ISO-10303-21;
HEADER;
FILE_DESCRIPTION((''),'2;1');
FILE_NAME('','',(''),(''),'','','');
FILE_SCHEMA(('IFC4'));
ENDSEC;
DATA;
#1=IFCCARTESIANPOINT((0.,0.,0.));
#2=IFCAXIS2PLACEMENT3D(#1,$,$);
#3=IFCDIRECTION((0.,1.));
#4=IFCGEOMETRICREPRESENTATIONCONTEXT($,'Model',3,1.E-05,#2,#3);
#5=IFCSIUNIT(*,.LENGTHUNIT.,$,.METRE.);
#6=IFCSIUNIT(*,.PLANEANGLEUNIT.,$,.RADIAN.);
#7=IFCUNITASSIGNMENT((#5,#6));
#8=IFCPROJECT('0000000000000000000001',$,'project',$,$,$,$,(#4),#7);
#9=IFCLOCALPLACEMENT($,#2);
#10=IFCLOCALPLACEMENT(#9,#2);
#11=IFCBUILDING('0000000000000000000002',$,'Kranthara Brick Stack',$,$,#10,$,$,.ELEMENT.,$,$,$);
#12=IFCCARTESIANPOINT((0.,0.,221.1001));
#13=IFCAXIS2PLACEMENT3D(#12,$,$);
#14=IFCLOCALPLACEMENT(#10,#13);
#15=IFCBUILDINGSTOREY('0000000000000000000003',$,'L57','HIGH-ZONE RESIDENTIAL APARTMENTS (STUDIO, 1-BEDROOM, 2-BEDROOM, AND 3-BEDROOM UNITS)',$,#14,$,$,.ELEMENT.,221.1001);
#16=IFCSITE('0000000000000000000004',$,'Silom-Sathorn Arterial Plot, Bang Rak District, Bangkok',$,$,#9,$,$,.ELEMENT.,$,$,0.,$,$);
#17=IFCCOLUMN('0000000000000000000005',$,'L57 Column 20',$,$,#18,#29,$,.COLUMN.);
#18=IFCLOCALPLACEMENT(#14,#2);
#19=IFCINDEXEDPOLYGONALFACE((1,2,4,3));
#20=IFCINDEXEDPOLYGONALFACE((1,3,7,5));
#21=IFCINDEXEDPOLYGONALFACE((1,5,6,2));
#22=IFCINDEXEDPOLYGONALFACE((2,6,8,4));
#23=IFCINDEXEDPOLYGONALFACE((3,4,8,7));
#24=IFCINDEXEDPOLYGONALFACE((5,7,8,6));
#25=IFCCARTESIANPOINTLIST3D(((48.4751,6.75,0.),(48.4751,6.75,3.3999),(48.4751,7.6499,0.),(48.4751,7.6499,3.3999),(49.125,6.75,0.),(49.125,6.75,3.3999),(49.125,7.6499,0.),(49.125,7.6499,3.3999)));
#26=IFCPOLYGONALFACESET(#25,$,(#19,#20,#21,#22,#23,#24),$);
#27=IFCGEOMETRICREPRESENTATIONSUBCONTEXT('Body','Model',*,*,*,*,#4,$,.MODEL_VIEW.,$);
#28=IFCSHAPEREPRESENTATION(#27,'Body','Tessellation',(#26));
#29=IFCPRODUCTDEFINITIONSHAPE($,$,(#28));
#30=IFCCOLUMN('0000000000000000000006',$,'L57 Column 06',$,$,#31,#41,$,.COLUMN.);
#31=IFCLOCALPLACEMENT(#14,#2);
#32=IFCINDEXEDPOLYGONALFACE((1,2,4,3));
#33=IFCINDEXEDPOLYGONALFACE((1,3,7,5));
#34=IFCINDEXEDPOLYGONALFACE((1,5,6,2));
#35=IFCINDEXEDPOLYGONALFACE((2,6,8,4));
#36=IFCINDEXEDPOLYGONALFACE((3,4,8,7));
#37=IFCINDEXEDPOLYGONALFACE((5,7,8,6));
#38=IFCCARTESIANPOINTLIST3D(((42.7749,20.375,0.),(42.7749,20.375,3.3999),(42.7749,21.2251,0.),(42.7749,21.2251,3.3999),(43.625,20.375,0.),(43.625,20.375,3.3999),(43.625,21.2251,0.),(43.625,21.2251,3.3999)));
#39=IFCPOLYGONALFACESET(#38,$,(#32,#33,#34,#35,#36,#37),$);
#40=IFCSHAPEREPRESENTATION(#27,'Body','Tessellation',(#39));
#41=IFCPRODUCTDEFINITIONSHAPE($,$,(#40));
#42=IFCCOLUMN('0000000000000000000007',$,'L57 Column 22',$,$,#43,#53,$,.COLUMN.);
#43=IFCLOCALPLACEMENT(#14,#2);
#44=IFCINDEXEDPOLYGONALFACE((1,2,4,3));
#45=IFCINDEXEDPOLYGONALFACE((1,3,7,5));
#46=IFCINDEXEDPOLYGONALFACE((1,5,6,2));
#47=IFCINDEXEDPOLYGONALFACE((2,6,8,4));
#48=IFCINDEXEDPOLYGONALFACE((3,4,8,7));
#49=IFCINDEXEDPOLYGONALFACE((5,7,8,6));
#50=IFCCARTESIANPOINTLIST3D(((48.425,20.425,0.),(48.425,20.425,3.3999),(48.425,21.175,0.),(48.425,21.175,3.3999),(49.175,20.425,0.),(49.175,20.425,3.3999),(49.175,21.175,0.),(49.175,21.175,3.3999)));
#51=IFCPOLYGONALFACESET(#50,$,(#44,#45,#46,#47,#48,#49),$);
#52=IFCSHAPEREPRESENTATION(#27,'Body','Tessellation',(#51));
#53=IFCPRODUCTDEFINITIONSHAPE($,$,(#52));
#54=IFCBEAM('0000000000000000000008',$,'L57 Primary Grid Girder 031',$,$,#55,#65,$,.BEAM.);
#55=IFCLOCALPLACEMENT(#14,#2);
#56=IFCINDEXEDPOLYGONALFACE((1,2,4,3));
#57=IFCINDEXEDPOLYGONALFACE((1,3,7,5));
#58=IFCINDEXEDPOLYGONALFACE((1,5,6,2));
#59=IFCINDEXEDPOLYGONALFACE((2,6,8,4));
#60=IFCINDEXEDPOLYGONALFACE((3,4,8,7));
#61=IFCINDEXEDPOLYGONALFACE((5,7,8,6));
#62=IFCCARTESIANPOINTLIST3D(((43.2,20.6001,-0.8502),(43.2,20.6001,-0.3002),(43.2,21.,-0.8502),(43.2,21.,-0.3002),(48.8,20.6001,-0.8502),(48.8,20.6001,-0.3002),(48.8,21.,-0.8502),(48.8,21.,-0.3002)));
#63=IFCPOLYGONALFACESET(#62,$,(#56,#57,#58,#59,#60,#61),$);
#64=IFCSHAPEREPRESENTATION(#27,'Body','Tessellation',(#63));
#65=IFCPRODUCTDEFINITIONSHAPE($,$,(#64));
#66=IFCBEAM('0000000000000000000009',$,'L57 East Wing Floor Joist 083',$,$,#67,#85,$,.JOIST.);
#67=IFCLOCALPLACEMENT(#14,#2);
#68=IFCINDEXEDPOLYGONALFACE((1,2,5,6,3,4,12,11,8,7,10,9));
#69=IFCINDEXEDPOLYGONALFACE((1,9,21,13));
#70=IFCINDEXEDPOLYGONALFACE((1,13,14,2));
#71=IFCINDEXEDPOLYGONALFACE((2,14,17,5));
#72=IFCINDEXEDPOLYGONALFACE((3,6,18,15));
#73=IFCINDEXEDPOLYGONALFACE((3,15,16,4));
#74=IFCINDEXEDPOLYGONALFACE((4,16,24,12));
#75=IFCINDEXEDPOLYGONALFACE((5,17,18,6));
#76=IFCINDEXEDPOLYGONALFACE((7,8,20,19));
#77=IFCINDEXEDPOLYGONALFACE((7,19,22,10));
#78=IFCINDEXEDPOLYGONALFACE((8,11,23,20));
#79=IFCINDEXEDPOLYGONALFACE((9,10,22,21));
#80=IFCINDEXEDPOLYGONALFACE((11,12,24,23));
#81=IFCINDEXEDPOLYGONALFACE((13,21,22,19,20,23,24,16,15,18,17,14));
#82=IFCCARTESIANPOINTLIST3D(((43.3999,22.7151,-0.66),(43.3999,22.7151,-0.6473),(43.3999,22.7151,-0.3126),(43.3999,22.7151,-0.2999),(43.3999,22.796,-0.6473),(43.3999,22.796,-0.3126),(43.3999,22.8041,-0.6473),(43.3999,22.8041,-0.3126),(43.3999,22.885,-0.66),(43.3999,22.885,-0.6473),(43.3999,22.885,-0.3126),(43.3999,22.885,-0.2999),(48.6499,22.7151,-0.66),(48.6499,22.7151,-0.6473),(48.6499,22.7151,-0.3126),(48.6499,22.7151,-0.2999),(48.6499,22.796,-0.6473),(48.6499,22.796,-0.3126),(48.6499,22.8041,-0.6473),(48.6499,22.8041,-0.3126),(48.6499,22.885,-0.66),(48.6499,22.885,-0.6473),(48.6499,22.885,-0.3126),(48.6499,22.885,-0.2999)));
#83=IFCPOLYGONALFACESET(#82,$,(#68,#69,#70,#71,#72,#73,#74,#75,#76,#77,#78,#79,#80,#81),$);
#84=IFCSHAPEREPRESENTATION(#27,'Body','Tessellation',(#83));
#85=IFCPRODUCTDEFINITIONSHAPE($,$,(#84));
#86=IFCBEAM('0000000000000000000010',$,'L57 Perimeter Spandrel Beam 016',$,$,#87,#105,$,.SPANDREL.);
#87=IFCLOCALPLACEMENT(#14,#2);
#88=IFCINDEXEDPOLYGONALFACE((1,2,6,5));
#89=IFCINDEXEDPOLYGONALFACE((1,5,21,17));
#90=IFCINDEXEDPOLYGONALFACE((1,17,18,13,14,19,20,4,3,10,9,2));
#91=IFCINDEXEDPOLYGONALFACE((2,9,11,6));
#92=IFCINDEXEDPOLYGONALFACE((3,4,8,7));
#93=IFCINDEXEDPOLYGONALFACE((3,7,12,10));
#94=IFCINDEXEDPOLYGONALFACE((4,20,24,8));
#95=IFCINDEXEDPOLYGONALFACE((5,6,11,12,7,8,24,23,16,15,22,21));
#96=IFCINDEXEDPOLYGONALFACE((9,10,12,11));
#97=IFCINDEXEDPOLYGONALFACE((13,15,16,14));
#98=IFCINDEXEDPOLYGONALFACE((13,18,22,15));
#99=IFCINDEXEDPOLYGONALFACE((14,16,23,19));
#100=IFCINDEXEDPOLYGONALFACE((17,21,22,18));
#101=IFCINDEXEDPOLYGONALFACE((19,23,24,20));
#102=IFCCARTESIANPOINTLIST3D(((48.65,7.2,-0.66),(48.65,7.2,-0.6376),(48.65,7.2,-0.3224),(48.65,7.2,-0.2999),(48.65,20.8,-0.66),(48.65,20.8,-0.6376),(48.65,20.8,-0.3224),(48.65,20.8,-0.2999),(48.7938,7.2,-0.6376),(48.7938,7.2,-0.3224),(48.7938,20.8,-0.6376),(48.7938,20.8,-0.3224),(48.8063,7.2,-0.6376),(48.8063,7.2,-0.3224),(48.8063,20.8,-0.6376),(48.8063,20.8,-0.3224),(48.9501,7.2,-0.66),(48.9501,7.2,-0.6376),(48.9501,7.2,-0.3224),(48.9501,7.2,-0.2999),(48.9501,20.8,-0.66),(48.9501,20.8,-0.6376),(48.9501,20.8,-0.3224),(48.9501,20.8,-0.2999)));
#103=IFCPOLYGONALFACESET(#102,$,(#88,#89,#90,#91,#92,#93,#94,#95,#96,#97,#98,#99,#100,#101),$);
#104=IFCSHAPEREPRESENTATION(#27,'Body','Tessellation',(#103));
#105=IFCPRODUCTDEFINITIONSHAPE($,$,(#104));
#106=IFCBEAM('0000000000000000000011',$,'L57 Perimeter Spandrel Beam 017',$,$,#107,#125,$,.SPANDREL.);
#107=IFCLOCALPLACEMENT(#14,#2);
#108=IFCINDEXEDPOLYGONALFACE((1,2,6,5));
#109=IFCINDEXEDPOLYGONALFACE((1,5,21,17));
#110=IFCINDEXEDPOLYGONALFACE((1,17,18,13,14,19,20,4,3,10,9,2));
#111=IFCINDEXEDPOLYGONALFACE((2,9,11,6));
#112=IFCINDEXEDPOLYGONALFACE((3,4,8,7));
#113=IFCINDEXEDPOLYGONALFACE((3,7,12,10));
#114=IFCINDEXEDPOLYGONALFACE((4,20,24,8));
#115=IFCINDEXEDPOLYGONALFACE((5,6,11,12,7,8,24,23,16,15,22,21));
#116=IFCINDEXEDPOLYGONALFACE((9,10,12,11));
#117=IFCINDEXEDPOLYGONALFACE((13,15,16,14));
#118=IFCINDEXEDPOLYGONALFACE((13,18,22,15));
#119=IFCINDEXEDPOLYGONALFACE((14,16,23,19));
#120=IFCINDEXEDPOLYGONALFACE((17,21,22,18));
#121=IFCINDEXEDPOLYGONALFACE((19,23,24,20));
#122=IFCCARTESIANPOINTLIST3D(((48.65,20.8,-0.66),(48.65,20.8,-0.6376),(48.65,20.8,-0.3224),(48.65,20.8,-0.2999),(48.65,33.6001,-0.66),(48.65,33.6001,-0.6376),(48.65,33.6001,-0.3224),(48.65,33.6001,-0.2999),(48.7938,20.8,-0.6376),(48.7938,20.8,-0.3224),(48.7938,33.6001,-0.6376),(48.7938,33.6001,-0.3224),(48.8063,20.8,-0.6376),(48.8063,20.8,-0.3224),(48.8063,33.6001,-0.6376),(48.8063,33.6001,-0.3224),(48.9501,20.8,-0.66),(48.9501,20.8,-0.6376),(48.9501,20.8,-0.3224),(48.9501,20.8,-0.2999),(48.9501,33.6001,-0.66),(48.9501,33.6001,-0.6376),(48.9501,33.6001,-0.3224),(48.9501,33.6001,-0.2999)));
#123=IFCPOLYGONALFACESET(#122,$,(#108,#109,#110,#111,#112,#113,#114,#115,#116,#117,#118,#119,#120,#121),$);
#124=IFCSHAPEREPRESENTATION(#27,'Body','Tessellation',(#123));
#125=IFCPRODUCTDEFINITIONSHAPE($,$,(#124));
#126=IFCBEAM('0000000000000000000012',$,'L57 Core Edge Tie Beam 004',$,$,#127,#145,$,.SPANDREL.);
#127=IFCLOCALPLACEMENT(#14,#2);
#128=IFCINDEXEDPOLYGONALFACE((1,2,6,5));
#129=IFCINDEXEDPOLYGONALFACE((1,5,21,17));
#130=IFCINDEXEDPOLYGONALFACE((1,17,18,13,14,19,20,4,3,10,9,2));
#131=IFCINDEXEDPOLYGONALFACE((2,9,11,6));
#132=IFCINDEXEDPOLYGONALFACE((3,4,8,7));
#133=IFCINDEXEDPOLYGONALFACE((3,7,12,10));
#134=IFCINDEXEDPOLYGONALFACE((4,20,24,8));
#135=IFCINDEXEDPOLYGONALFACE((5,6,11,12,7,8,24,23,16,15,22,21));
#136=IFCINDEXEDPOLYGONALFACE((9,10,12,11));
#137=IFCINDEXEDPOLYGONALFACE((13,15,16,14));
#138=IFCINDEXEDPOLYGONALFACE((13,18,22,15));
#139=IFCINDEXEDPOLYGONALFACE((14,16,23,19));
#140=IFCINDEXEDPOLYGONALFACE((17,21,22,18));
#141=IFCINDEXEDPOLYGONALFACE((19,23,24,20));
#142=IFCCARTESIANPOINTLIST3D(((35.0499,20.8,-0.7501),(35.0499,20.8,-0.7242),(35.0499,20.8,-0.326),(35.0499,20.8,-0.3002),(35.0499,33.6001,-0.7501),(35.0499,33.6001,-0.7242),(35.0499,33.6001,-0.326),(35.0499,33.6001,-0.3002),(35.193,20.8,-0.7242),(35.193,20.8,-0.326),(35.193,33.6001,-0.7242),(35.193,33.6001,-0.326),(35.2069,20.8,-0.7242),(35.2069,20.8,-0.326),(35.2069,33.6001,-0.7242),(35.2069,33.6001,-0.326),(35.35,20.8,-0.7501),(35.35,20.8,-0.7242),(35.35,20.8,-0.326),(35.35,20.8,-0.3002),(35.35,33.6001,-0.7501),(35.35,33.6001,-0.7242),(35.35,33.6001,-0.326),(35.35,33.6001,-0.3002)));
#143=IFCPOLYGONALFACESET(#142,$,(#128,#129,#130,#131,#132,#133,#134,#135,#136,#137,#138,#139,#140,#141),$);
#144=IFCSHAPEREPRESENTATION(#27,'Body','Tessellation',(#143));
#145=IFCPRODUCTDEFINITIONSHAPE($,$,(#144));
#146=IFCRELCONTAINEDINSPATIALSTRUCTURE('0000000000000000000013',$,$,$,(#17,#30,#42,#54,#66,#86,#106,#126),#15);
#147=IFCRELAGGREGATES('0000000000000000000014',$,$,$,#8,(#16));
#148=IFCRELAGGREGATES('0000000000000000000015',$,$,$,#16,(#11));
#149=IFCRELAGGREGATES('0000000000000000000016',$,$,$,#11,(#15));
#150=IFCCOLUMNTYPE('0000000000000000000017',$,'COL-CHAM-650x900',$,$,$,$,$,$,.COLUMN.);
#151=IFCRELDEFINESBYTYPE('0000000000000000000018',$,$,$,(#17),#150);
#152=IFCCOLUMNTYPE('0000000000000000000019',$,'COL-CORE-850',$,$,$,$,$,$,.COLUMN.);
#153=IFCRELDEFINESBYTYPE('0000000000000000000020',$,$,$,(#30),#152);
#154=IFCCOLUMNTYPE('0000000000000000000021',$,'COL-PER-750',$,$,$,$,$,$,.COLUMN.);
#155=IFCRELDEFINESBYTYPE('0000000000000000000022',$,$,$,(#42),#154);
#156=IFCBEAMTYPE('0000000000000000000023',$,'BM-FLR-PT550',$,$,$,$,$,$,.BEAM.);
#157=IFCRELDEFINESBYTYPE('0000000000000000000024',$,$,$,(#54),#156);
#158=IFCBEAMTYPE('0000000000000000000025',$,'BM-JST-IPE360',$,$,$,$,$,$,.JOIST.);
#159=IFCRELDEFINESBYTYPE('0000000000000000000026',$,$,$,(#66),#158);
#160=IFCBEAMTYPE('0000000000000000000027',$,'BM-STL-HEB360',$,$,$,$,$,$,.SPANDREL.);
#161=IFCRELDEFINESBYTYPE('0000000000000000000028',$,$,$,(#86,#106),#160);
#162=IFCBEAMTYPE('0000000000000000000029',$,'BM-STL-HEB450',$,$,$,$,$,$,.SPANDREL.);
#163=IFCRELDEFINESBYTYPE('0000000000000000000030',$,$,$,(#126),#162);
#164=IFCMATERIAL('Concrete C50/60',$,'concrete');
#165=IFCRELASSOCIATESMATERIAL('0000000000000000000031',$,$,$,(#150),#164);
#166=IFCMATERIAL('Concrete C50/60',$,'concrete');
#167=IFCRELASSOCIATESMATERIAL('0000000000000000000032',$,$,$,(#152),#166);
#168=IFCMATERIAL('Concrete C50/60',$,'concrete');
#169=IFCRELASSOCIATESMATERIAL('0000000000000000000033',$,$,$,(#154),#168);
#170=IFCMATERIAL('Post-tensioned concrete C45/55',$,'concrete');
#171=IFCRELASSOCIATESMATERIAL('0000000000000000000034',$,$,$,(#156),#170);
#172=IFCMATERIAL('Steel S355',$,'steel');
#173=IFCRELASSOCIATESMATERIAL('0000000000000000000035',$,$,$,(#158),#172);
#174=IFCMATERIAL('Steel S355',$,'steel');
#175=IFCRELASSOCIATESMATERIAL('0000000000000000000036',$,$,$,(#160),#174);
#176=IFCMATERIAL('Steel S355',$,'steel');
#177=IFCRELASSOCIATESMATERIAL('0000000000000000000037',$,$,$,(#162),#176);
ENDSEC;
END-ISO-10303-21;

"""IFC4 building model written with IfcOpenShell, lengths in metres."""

from ifc_helpers import new_model, si_unit, direction, frame, origin, origin_2d, place, context, subcontext, project, spatial, rectangle, i_section, extrude, material, material_profile, profile_set, type_object, element, save


model = new_model("IFC4")

# Units and contexts
model_context = context("Model", 3, precision=1e-05, world=origin(), true_north=direction((0.0, 1.0)))
body_context = subcontext(model_context, "Body", "Model", "MODEL_VIEW")
ifc_project = project(units=[si_unit("LENGTHUNIT", "METRE"), si_unit("PLANEANGLEUNIT", "RADIAN")], contexts=[model_context])

# Site, building, storey
site_placement = place(None, origin())
site = spatial("IfcSite", under=ifc_project, at=site_placement, Name="Silom-Sathorn Arterial Plot, Bang Rak District, Bangkok", CompositionType="ELEMENT", RefElevation=0.0)
building_placement = place(site_placement, origin())
building = spatial("IfcBuilding", under=site, at=building_placement, Name="Kranthara Brick Stack", CompositionType="ELEMENT")
storey_placement = place(building_placement, frame((0.0, 0.0, 221.1001)))
storey = spatial("IfcBuildingStorey", under=building, at=storey_placement, Name="L57", Description="HIGH-ZONE RESIDENTIAL APARTMENTS (STUDIO, 1-BEDROOM, 2-BEDROOM, AND 3-BEDROOM UNITS)", CompositionType="ELEMENT", Elevation=221.1001)

# Columns
ifc_material_1 = material(Name="Concrete C50/60", Category="concrete")
ifc_material_profile_1 = material_profile(ifc_material_1, rectangle(XDim=0.6499, YDim=0.8999, at=origin_2d()), Name="RC 650x900")
ifc_profile_set_1 = profile_set([ifc_material_profile_1], Name="Concrete C50/60")
column_type_1 = type_object("IfcColumnType", Name="COL-CHAM-650x900", PredefinedType="COLUMN", material=ifc_profile_set_1)
column_1_placement = place(storey_placement, frame((48.8, 7.2, 0.0), z_axis=(0.0, 0.0, 1.0), x_axis=(1.0, 0.0, 0.0)))
element("IfcColumn", 1, at=column_1_placement, inside=storey, type_object=column_type_1, Name="L57 Column 20", PredefinedType="COLUMN", context=body_context, shape_type="SweptSolid", body=[
    extrude(rectangle(XDim=0.6499, YDim=0.8999, at=origin_2d()), origin(), (0.0, 0.0, 1.0), 3.3999),
])
ifc_material_2 = material(Name="Concrete C50/60", Category="concrete")
ifc_material_profile_2 = material_profile(ifc_material_2, rectangle(XDim=0.8501, YDim=0.8501, at=origin_2d()), Name="RC 850x850")
ifc_profile_set_2 = profile_set([ifc_material_profile_2], Name="Concrete C50/60")
column_type_2 = type_object("IfcColumnType", Name="COL-CORE-850", PredefinedType="COLUMN", material=ifc_profile_set_2)
column_2_placement = place(storey_placement, frame((43.2, 20.8, 0.0), z_axis=(0.0, 0.0, 1.0), x_axis=(1.0, 0.0, 0.0)))
element("IfcColumn", 2, at=column_2_placement, inside=storey, type_object=column_type_2, Name="L57 Column 06", PredefinedType="COLUMN", context=body_context, shape_type="SweptSolid", body=[
    extrude(rectangle(XDim=0.8501, YDim=0.8501, at=origin_2d()), origin(), (0.0, 0.0, 1.0), 3.3999),
])
ifc_material_3 = material(Name="Concrete C50/60", Category="concrete")
ifc_material_profile_3 = material_profile(ifc_material_3, rectangle(XDim=0.75, YDim=0.75, at=origin_2d()), Name="RC 750x750")
ifc_profile_set_3 = profile_set([ifc_material_profile_3], Name="Concrete C50/60")
column_type_3 = type_object("IfcColumnType", Name="COL-PER-750", PredefinedType="COLUMN", material=ifc_profile_set_3)
column_3_placement = place(storey_placement, frame((48.8, 20.8, 0.0), z_axis=(0.0, 0.0, 1.0), x_axis=(1.0, 0.0, 0.0)))
element("IfcColumn", 3, at=column_3_placement, inside=storey, type_object=column_type_3, Name="L57 Column 22", PredefinedType="COLUMN", context=body_context, shape_type="SweptSolid", body=[
    extrude(rectangle(XDim=0.75, YDim=0.75, at=origin_2d()), origin(), (0.0, 0.0, 1.0), 3.3999),
])

# Beams
ifc_material_4 = material(Name="Post-tensioned concrete C45/55", Category="concrete")
ifc_material_profile_4 = material_profile(ifc_material_4, rectangle(XDim=0.3999, YDim=0.55, at=origin_2d()), Name="PT 400x550")
ifc_profile_set_4 = profile_set([ifc_material_profile_4], Name="Post-tensioned concrete C45/55")
beam_type_1 = type_object("IfcBeamType", Name="BM-FLR-PT550", PredefinedType="BEAM", material=ifc_profile_set_4)
beam_1_placement = place(storey_placement, frame((43.2, 20.8, -0.5752), z_axis=(1.0, 0.0, 0.0), x_axis=(0.0, 1.0, 0.0)))
element("IfcBeam", 4, at=beam_1_placement, inside=storey, type_object=beam_type_1, Name="L57 Primary Grid Girder 031", PredefinedType="BEAM", context=body_context, shape_type="SweptSolid", body=[
    extrude(rectangle(XDim=0.3999, YDim=0.55, at=origin_2d()), origin(), (0.0, 0.0, 1.0), 5.6001),
])
ifc_material_5 = material(Name="Steel S355", Category="steel")
ifc_material_profile_5 = material_profile(ifc_material_5, i_section(OverallWidth=0.1699, OverallDepth=0.3601, WebThickness=0.0081, FlangeThickness=0.0127, at=origin_2d()), Name="IPE 360")
ifc_profile_set_5 = profile_set([ifc_material_profile_5], Name="Steel S355")
beam_type_2 = type_object("IfcBeamType", Name="BM-JST-IPE360", PredefinedType="JOIST", material=ifc_profile_set_5)
beam_2_placement = place(storey_placement, frame((43.3999, 22.8, -0.48), z_axis=(1.0, 0.0, 0.0), x_axis=(0.0, 1.0, 0.0)))
element("IfcBeam", 5, at=beam_2_placement, inside=storey, type_object=beam_type_2, Name="L57 East Wing Floor Joist 083", PredefinedType="JOIST", context=body_context, shape_type="SweptSolid", body=[
    extrude(i_section(OverallWidth=0.1699, OverallDepth=0.3601, WebThickness=0.0081, FlangeThickness=0.0127, at=origin_2d()), origin(), (0.0, 0.0, 1.0), 5.25),
])
ifc_material_6 = material(Name="Steel S355", Category="steel")
ifc_material_profile_6 = material_profile(ifc_material_6, i_section(OverallWidth=0.3, OverallDepth=0.3601, WebThickness=0.0125, FlangeThickness=0.0225, at=origin_2d()), Name="HEB 360")
ifc_profile_set_6 = profile_set([ifc_material_profile_6], Name="Steel S355")
beam_type_3 = type_object("IfcBeamType", Name="BM-STL-HEB360", PredefinedType="SPANDREL", material=ifc_profile_set_6)
beam_3_placement = place(storey_placement, frame((48.8, 7.2, -0.48), z_axis=(0.0, 1.0, 0.0), x_axis=(-1.0, 0.0, 0.0)))
element("IfcBeam", 6, at=beam_3_placement, inside=storey, type_object=beam_type_3, Name="L57 Perimeter Spandrel Beam 016", PredefinedType="SPANDREL", context=body_context, shape_type="SweptSolid", body=[
    extrude(i_section(OverallWidth=0.3, OverallDepth=0.3601, WebThickness=0.0125, FlangeThickness=0.0225, at=origin_2d()), origin(), (0.0, 0.0, 1.0), 13.6001),
])
beam_4_placement = place(storey_placement, frame((48.8, 20.8, -0.48), z_axis=(0.0, 1.0, 0.0), x_axis=(-1.0, 0.0, 0.0)))
element("IfcBeam", 7, at=beam_4_placement, inside=storey, type_object=beam_type_3, Name="L57 Perimeter Spandrel Beam 017", PredefinedType="SPANDREL", context=body_context, shape_type="SweptSolid", body=[
    extrude(i_section(OverallWidth=0.3, OverallDepth=0.3601, WebThickness=0.0125, FlangeThickness=0.0225, at=origin_2d()), origin(), (0.0, 0.0, 1.0), 12.8),
])
ifc_material_7 = material(Name="Steel S355", Category="steel")
ifc_material_profile_7 = material_profile(ifc_material_7, i_section(OverallWidth=0.3, OverallDepth=0.45, WebThickness=0.0139, FlangeThickness=0.0259, at=origin_2d()), Name="HEB 450")
ifc_profile_set_7 = profile_set([ifc_material_profile_7], Name="Steel S355")
beam_type_4 = type_object("IfcBeamType", Name="BM-STL-HEB450", PredefinedType="SPANDREL", material=ifc_profile_set_7)
beam_5_placement = place(storey_placement, frame((35.2, 20.8, -0.5251), z_axis=(0.0, 1.0, 0.0), x_axis=(-1.0, 0.0, 0.0)))
element("IfcBeam", 8, at=beam_5_placement, inside=storey, type_object=beam_type_4, Name="L57 Core Edge Tie Beam 004", PredefinedType="SPANDREL", context=body_context, shape_type="SweptSolid", body=[
    extrude(i_section(OverallWidth=0.3, OverallDepth=0.45, WebThickness=0.0139, FlangeThickness=0.0259, at=origin_2d()), origin(), (0.0, 0.0, 1.0), 12.8),
])

save(model, "model.ifc")
